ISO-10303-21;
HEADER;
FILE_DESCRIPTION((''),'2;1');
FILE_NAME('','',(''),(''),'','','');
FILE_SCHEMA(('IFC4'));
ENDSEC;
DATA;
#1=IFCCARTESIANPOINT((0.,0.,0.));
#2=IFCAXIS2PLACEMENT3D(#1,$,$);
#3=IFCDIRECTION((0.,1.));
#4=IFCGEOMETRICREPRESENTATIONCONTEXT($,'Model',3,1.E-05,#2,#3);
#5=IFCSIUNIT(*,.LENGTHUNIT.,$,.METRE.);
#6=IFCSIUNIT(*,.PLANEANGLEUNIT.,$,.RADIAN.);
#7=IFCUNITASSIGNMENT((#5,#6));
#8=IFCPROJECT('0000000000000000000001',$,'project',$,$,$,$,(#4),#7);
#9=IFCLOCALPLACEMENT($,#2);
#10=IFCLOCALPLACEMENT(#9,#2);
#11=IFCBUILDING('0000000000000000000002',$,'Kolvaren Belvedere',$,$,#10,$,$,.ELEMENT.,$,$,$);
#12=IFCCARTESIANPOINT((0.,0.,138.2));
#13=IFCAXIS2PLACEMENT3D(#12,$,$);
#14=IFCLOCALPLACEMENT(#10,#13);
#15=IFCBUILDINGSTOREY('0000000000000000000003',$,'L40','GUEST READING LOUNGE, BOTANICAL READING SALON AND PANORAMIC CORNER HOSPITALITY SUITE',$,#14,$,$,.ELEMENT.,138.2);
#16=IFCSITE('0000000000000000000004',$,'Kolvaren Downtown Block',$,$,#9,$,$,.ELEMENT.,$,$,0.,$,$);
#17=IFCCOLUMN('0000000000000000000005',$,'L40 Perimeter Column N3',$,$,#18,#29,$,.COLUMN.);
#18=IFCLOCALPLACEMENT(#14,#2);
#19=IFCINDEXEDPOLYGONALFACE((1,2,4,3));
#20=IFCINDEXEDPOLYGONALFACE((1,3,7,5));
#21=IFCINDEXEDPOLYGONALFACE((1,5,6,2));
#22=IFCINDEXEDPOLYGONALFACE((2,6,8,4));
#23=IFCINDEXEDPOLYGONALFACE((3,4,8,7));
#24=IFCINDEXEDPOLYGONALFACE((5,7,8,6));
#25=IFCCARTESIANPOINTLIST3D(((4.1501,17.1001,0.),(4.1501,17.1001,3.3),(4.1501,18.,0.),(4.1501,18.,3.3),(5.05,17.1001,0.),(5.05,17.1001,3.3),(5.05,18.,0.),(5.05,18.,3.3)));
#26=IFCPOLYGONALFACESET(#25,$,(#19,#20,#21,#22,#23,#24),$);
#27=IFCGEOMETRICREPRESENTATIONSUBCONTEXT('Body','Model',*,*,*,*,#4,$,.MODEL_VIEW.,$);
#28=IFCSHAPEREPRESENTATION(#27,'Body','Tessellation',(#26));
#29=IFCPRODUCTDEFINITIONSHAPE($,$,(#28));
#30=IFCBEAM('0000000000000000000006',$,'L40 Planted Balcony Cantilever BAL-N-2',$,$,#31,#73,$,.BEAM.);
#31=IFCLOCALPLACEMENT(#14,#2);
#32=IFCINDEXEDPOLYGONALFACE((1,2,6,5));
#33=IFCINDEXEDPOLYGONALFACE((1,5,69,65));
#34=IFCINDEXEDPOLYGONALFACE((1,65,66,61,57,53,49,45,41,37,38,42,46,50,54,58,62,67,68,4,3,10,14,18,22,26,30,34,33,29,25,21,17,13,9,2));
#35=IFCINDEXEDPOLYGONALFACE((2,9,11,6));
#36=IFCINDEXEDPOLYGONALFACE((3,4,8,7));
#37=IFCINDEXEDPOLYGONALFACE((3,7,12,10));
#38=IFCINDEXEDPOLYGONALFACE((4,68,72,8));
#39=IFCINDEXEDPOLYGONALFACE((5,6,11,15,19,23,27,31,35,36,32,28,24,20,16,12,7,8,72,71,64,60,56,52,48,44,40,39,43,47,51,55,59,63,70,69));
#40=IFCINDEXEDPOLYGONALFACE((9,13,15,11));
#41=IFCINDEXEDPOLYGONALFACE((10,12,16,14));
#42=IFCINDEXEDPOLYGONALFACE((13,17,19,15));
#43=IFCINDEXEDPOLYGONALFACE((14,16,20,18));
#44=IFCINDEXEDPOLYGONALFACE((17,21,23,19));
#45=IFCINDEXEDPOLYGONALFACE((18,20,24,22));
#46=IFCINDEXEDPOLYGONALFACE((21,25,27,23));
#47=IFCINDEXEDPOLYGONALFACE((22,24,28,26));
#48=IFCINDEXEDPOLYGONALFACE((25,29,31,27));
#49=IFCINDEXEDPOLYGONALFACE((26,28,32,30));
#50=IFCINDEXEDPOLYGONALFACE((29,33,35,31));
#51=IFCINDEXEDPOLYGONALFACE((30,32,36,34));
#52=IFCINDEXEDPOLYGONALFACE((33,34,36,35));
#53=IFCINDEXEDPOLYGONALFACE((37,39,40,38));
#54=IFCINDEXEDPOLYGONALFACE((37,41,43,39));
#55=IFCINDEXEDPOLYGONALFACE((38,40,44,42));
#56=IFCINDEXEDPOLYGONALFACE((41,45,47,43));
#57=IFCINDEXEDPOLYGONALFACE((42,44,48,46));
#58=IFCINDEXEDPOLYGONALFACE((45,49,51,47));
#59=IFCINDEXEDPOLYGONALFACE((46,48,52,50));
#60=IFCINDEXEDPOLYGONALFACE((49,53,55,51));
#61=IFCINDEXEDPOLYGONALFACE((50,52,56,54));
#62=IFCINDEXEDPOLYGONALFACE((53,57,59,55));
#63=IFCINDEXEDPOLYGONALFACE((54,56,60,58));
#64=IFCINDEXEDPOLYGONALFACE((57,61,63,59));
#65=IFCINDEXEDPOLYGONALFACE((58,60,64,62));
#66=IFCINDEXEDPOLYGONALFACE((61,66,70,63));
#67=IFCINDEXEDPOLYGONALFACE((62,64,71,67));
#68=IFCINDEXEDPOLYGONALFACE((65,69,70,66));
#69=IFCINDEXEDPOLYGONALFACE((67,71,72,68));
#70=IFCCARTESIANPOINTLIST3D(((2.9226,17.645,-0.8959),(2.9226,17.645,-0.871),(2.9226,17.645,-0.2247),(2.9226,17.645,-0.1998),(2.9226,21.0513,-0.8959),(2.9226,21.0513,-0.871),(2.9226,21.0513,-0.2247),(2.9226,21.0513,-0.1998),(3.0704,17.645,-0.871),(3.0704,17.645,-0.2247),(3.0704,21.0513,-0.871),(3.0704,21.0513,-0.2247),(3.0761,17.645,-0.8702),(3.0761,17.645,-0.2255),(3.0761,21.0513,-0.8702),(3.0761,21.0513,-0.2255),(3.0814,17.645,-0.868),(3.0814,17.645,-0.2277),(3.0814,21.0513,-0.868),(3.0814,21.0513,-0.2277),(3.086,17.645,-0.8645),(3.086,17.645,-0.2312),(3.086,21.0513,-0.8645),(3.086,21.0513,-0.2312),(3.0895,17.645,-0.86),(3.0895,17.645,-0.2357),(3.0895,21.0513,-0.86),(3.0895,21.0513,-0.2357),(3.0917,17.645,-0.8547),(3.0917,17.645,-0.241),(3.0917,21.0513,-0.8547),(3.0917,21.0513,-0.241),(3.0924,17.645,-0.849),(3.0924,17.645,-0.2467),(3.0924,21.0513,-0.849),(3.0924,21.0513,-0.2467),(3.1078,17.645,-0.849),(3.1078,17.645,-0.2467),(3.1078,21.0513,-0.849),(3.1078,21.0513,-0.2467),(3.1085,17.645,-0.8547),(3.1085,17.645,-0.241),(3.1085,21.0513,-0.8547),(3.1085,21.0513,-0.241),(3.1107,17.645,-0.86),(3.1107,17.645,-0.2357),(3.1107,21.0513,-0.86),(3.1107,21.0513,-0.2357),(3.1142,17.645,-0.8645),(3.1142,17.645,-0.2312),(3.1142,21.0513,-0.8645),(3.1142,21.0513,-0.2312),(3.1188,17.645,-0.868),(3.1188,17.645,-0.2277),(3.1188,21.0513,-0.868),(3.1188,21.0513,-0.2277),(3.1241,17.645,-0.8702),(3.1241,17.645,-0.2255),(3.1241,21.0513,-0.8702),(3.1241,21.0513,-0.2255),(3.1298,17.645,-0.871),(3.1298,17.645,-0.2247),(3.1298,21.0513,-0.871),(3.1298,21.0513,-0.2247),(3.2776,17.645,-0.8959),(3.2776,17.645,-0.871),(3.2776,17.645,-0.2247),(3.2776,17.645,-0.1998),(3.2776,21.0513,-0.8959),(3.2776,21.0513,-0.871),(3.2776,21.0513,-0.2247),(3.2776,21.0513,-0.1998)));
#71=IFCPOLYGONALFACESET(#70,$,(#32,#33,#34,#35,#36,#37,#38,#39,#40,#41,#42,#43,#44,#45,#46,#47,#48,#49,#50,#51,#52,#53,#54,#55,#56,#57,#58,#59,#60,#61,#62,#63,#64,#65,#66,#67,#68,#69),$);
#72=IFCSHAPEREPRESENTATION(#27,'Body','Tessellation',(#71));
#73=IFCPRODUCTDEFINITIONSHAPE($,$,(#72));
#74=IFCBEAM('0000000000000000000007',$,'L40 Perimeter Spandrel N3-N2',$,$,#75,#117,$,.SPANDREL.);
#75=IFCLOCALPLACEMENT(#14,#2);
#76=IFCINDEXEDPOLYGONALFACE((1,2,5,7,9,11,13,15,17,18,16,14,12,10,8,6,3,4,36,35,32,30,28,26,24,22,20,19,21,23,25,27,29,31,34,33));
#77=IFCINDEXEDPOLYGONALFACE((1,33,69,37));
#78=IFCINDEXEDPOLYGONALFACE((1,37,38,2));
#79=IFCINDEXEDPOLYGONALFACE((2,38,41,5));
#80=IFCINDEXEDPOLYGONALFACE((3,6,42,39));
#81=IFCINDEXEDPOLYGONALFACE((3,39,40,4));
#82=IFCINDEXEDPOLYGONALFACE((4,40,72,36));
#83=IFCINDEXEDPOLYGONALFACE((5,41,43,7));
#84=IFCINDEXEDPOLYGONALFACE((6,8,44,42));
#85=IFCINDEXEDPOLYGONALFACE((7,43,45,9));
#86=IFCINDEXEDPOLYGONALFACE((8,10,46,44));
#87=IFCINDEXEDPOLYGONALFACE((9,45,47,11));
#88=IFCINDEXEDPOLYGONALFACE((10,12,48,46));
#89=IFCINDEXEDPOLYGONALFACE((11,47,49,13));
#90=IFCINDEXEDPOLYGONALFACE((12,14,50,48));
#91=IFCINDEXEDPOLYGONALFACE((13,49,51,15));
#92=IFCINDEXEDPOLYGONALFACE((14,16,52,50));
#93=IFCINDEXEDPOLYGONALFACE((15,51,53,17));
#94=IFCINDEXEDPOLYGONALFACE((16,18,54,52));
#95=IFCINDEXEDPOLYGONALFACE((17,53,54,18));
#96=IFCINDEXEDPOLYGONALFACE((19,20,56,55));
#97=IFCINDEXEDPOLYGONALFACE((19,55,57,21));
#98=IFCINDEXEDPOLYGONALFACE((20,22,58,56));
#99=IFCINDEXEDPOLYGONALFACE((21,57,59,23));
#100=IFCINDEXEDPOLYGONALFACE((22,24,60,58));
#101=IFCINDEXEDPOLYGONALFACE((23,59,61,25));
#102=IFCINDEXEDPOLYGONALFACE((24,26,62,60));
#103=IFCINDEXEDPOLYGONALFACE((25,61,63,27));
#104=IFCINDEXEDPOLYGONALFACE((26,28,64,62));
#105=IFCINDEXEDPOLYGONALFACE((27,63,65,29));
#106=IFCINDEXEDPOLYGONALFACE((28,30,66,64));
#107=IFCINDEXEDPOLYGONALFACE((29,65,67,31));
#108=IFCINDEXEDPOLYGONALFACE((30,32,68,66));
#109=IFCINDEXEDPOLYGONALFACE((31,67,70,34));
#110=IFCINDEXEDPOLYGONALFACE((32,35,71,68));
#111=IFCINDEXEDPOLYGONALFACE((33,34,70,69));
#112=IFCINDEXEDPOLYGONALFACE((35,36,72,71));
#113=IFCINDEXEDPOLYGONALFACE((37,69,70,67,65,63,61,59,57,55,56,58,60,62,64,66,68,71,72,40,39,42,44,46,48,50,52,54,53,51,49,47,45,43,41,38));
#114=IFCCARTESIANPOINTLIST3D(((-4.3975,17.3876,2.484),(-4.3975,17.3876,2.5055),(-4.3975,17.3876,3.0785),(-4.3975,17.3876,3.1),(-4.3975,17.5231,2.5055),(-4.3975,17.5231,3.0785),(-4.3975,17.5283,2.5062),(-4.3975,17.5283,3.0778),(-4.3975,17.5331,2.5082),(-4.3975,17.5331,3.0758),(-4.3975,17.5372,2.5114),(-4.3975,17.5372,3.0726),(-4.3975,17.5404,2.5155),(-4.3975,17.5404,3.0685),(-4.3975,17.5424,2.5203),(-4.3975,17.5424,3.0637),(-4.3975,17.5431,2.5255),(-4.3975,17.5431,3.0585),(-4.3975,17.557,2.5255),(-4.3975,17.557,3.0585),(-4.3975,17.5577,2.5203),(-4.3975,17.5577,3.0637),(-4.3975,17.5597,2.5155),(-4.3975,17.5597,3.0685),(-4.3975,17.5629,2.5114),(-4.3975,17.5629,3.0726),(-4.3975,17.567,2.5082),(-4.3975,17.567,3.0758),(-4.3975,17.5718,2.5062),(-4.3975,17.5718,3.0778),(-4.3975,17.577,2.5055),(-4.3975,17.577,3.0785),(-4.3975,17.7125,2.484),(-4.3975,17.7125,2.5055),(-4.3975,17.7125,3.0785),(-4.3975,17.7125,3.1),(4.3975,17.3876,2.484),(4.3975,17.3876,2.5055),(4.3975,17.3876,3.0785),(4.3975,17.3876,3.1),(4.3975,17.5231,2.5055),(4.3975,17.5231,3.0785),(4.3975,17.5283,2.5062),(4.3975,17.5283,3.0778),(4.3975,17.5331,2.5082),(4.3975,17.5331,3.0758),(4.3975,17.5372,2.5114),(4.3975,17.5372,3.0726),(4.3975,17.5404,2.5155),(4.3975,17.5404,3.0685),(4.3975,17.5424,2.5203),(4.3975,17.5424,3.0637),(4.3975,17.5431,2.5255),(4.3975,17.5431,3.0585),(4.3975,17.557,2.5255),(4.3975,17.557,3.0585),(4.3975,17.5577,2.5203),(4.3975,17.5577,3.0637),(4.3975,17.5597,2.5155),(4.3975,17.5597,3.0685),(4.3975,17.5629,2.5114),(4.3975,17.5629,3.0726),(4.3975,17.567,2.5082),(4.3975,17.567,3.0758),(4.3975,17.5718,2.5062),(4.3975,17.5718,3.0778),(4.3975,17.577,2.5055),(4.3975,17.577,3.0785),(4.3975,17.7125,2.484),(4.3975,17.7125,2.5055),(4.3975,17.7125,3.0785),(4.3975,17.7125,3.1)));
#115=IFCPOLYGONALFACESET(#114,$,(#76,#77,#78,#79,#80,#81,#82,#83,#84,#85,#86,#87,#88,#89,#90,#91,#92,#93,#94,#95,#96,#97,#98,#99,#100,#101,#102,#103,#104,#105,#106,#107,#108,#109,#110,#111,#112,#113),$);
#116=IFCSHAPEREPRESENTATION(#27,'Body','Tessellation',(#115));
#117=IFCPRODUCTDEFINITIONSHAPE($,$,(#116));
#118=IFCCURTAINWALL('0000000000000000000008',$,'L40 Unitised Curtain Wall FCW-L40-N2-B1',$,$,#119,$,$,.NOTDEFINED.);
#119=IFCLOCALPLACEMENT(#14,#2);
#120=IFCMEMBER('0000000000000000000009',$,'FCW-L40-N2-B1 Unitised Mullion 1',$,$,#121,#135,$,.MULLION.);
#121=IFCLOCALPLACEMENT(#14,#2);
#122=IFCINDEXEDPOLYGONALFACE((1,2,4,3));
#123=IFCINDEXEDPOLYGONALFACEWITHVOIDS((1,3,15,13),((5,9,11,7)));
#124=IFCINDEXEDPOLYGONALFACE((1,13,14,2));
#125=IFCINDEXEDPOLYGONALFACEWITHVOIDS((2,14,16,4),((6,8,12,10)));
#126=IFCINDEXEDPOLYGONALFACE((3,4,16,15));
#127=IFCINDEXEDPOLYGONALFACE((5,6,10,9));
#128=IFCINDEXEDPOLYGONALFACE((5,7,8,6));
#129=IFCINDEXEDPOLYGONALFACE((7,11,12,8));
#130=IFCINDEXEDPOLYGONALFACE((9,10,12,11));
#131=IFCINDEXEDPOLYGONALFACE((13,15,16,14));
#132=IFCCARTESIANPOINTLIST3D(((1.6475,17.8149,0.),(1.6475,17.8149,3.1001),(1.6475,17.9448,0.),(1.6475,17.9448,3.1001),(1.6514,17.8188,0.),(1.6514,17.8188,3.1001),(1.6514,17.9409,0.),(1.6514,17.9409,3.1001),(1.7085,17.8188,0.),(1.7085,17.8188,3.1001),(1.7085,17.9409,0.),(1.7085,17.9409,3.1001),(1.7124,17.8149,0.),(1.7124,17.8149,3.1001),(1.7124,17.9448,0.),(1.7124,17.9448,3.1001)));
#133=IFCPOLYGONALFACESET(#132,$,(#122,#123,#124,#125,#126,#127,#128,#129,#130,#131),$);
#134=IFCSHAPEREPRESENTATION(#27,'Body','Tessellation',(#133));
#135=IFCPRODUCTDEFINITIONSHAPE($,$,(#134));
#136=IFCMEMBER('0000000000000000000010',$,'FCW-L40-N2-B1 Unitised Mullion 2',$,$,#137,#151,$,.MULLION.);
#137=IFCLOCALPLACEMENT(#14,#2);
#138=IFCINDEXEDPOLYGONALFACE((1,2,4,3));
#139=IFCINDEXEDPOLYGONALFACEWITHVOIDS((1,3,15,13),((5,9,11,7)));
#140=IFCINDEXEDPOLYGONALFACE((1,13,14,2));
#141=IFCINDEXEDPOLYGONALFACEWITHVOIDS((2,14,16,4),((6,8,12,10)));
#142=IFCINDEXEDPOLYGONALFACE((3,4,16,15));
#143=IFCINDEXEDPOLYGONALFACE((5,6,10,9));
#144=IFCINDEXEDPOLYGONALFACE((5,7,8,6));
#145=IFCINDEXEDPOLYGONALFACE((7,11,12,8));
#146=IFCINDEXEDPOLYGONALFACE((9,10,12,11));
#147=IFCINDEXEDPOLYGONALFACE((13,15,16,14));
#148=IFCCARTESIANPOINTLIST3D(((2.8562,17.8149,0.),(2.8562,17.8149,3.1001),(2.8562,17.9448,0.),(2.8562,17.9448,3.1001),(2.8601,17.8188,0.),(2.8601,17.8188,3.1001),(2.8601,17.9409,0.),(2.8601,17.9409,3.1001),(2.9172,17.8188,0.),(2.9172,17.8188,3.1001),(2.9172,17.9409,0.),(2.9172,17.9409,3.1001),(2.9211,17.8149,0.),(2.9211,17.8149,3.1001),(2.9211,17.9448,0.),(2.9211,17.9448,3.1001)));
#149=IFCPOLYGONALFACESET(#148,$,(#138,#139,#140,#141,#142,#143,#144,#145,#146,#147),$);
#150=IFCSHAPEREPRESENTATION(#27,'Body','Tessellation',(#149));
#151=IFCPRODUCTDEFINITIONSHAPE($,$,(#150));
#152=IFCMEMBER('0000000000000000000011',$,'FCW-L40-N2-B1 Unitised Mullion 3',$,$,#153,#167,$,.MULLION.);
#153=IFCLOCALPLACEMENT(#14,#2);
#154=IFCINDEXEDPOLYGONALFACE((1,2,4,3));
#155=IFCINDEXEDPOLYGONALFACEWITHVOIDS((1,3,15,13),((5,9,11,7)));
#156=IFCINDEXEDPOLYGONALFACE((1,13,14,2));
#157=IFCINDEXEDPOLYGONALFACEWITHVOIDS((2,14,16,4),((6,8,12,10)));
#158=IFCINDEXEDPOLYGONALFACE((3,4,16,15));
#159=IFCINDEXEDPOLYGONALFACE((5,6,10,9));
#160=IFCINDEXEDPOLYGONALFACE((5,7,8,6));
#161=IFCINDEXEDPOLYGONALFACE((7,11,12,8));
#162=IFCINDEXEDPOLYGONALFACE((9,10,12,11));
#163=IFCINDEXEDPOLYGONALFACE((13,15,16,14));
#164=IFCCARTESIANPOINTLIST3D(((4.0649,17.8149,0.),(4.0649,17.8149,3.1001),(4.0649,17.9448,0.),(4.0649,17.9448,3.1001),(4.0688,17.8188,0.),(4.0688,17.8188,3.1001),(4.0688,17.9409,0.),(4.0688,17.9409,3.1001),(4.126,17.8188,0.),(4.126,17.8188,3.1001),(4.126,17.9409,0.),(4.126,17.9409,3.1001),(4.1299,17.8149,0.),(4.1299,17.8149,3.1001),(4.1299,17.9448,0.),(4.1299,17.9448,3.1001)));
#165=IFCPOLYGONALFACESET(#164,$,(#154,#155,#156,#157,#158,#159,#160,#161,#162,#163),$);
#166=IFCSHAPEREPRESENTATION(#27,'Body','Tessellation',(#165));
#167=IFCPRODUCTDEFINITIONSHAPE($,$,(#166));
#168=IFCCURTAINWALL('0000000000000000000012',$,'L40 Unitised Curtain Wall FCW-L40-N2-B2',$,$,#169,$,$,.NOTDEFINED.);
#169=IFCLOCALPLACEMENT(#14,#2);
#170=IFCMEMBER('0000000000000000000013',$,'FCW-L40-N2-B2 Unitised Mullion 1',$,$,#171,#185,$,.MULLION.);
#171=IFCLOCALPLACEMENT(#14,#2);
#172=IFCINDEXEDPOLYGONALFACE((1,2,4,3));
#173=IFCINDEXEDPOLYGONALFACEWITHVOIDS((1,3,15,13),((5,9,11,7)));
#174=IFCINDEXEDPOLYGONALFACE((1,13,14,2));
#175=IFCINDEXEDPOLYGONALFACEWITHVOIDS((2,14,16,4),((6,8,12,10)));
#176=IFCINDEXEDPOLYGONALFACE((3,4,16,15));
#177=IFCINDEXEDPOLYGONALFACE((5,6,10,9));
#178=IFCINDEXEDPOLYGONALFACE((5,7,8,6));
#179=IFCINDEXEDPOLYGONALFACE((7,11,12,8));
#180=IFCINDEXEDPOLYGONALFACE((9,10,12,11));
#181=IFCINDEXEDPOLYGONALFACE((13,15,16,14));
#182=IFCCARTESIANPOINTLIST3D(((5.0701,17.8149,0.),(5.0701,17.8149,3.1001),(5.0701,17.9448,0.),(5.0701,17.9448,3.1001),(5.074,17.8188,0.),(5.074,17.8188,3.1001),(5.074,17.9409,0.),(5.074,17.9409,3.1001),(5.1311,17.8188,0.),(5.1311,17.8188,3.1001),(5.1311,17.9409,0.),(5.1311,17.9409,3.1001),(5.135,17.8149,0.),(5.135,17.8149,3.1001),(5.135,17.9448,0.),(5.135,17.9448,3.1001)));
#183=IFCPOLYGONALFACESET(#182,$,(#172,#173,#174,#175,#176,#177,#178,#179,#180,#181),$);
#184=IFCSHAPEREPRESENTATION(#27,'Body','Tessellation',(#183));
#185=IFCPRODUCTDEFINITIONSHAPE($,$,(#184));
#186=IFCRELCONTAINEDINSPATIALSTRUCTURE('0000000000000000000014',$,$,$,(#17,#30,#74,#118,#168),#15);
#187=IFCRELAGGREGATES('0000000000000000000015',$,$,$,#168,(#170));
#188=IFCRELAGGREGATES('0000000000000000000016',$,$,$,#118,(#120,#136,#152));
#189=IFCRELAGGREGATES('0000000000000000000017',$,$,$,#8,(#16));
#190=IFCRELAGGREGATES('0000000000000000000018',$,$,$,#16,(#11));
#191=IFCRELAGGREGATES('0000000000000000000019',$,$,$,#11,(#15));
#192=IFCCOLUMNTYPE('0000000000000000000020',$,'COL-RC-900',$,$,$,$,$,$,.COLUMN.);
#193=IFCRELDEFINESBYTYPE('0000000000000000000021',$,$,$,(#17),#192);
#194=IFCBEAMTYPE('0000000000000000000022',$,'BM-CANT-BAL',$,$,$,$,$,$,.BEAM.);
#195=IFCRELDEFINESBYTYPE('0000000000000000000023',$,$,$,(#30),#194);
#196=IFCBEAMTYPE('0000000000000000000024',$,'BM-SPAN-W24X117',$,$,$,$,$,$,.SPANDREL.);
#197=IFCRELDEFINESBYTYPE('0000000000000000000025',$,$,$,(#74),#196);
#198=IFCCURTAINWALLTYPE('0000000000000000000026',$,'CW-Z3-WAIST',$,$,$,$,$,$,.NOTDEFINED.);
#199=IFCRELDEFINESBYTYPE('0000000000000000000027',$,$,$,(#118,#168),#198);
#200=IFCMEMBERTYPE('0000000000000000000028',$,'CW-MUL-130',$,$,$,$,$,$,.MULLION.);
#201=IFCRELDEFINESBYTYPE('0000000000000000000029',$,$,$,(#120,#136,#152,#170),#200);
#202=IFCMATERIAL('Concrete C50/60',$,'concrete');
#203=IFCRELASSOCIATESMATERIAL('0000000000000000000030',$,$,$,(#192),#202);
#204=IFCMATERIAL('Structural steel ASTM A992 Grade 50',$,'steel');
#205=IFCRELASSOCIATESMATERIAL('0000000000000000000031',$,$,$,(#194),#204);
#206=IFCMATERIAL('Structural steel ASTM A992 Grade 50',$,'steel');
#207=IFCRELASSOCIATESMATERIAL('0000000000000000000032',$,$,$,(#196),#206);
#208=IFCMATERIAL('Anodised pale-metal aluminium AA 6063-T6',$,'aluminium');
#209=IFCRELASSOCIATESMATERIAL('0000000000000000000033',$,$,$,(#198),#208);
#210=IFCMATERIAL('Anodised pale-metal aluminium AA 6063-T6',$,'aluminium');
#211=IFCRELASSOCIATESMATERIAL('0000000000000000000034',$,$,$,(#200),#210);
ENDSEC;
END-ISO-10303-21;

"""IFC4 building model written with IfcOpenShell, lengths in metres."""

from ifc_helpers import new_model, si_unit, direction, frame, origin, origin_2d, place, context, subcontext, project, spatial, rectangle, hollow_rectangle, i_section, extrude, material, material_profile, profile_set, type_object, element, aggregate, save


model = new_model("IFC4")

# Units and contexts
model_context = context("Model", 3, precision=1e-05, world=origin(), true_north=direction((0.0, 1.0)))
body_context = subcontext(model_context, "Body", "Model", "MODEL_VIEW")
ifc_project = project(units=[si_unit("LENGTHUNIT", "METRE"), si_unit("PLANEANGLEUNIT", "RADIAN")], contexts=[model_context])

# Site, building, storey
site_placement = place(None, origin())
site = spatial("IfcSite", under=ifc_project, at=site_placement, Name="Kolvaren Downtown Block", CompositionType="ELEMENT", RefElevation=0.0)
building_placement = place(site_placement, origin())
building = spatial("IfcBuilding", under=site, at=building_placement, Name="Kolvaren Belvedere", CompositionType="ELEMENT")
storey_placement = place(building_placement, frame((0.0, 0.0, 138.2)))
storey = spatial("IfcBuildingStorey", under=building, at=storey_placement, Name="L40", Description="GUEST READING LOUNGE, BOTANICAL READING SALON AND PANORAMIC CORNER HOSPITALITY SUITE", CompositionType="ELEMENT", Elevation=138.2)

# Column
ifc_material_1 = material(Name="Concrete C50/60", Category="concrete")
ifc_material_profile_1 = material_profile(ifc_material_1, rectangle(XDim=0.8999, YDim=0.8999, at=origin_2d()), Name="RC 900X900")
ifc_profile_set_1 = profile_set([ifc_material_profile_1], Name="Concrete C50/60")
column_type = type_object("IfcColumnType", Name="COL-RC-900", PredefinedType="COLUMN", material=ifc_profile_set_1)
column_placement = place(storey_placement, frame((4.6001, 17.55, 0.0), z_axis=(0.0, 0.0, 1.0), x_axis=(1.0, 0.0, 0.0)))
element("IfcColumn", 1, at=column_placement, inside=storey, type_object=column_type, Name="L40 Perimeter Column N3", PredefinedType="COLUMN", context=body_context, shape_type="SweptSolid", body=[
    extrude(rectangle(XDim=0.8999, YDim=0.8999, at=origin_2d()), origin(), (0.0, 0.0, 1.0), 3.3),
])

# Beams
ifc_material_2 = material(Name="Structural steel ASTM A992 Grade 50", Category="steel")
ifc_material_profile_2 = material_profile(ifc_material_2, i_section(OverallWidth=0.355, OverallDepth=0.696, WebThickness=0.0154, FlangeThickness=0.0249, FilletRadius=0.022, at=origin_2d()), Name="W27X146")
ifc_profile_set_2 = profile_set([ifc_material_profile_2], Name="Structural steel ASTM A992 Grade 50")
beam_type_1 = type_object("IfcBeamType", Name="BM-CANT-BAL", PredefinedType="BEAM", material=ifc_profile_set_2)
beam_1_placement = place(storey_placement, frame((3.1001, 17.645, -0.5479), z_axis=(0.0, 1.0, 0.0), x_axis=(-1.0, 0.0, 0.0)))
element("IfcBeam", 2, at=beam_1_placement, inside=storey, type_object=beam_type_1, Name="L40 Planted Balcony Cantilever BAL-N-2", PredefinedType="BEAM", context=body_context, shape_type="SweptSolid", body=[
    extrude(i_section(OverallWidth=0.355, OverallDepth=0.696, WebThickness=0.0154, FlangeThickness=0.0249, FilletRadius=0.022, at=origin_2d()), origin(), (0.0, 0.0, 1.0), 3.4062),
])
ifc_material_3 = material(Name="Structural steel ASTM A992 Grade 50", Category="steel")
ifc_material_profile_3 = material_profile(ifc_material_3, i_section(OverallWidth=0.325, OverallDepth=0.616, WebThickness=0.0139, FlangeThickness=0.0215, FilletRadius=0.02, at=origin_2d()), Name="W24X117")
ifc_profile_set_3 = profile_set([ifc_material_profile_3], Name="Structural steel ASTM A992 Grade 50")
beam_type_2 = type_object("IfcBeamType", Name="BM-SPAN-W24X117", PredefinedType="SPANDREL", material=ifc_profile_set_3)
beam_2_placement = place(storey_placement, frame((4.3975, 17.55, 2.792), z_axis=(-1.0, 0.0, 0.0), x_axis=(0.0, -1.0, 0.0)))
element("IfcBeam", 3, at=beam_2_placement, inside=storey, type_object=beam_type_2, Name="L40 Perimeter Spandrel N3-N2", PredefinedType="SPANDREL", context=body_context, shape_type="SweptSolid", body=[
    extrude(i_section(OverallWidth=0.325, OverallDepth=0.616, WebThickness=0.0139, FlangeThickness=0.0215, FilletRadius=0.02, at=origin_2d()), origin(), (0.0, 0.0, 1.0), 8.7949),
])

# Curtain wall, members
ifc_material_4 = material(Name="Anodised pale-metal aluminium AA 6063-T6", Category="aluminium")
curtain_wall_type = type_object("IfcCurtainWallType", Name="CW-Z3-WAIST", PredefinedType="NOTDEFINED", material=ifc_material_4)
curtain_wall_1_placement = place(storey_placement, origin())
curtain_wall_1 = element("IfcCurtainWall", 4, at=curtain_wall_1_placement, inside=storey, type_object=curtain_wall_type, Name="L40 Unitised Curtain Wall FCW-L40-N2-B1", PredefinedType="NOTDEFINED")
ifc_material_5 = material(Name="Anodised pale-metal aluminium AA 6063-T6", Category="aluminium")
ifc_material_profile_4 = material_profile(ifc_material_5, hollow_rectangle(XDim=0.0649, YDim=0.1299, WallThickness=0.0039, at=origin_2d()), Name="ALU-MUL-130X65")
ifc_profile_set_4 = profile_set([ifc_material_profile_4], Name="Anodised pale-metal aluminium AA 6063-T6")
member_type_1 = type_object("IfcMemberType", Name="CW-MUL-130", PredefinedType="MULLION", material=ifc_profile_set_4)
member_1_placement = place(storey_placement, frame((1.6799, 17.8799, 0.0), z_axis=(0.0, 0.0, 1.0), x_axis=(1.0, 0.0, 0.0)))
member_1 = element("IfcMember", 5, at=member_1_placement, type_object=member_type_1, Name="FCW-L40-N2-B1 Unitised Mullion 1", PredefinedType="MULLION", context=body_context, shape_type="SweptSolid", body=[
    extrude(hollow_rectangle(XDim=0.0649, YDim=0.1299, WallThickness=0.0039, at=origin_2d()), origin(), (0.0, 0.0, 1.0), 3.1001),
])
member_2_placement = place(storey_placement, frame((2.8887, 17.8799, 0.0), z_axis=(0.0, 0.0, 1.0), x_axis=(1.0, 0.0, 0.0)))
member_2 = element("IfcMember", 6, at=member_2_placement, type_object=member_type_1, Name="FCW-L40-N2-B1 Unitised Mullion 2", PredefinedType="MULLION", context=body_context, shape_type="SweptSolid", body=[
    extrude(hollow_rectangle(XDim=0.0649, YDim=0.1299, WallThickness=0.0039, at=origin_2d()), origin(), (0.0, 0.0, 1.0), 3.1001),
])
member_3_placement = place(storey_placement, frame((4.0974, 17.8799, 0.0), z_axis=(0.0, 0.0, 1.0), x_axis=(1.0, 0.0, 0.0)))
member_3 = element("IfcMember", 7, at=member_3_placement, type_object=member_type_1, Name="FCW-L40-N2-B1 Unitised Mullion 3", PredefinedType="MULLION", context=body_context, shape_type="SweptSolid", body=[
    extrude(hollow_rectangle(XDim=0.0649, YDim=0.1299, WallThickness=0.0039, at=origin_2d()), origin(), (0.0, 0.0, 1.0), 3.1001),
])

# Curtain wall, member
curtain_wall_2_placement = place(storey_placement, origin())
curtain_wall_2 = element("IfcCurtainWall", 8, at=curtain_wall_2_placement, inside=storey, type_object=curtain_wall_type, Name="L40 Unitised Curtain Wall FCW-L40-N2-B2", PredefinedType="NOTDEFINED")
member_4_placement = place(storey_placement, frame((5.1025, 17.8799, 0.0), z_axis=(0.0, 0.0, 1.0), x_axis=(1.0, 0.0, 0.0)))
member_4 = element("IfcMember", 9, at=member_4_placement, type_object=member_type_1, Name="FCW-L40-N2-B2 Unitised Mullion 1", PredefinedType="MULLION", context=body_context, shape_type="SweptSolid", body=[
    extrude(hollow_rectangle(XDim=0.0649, YDim=0.1299, WallThickness=0.0039, at=origin_2d()), origin(), (0.0, 0.0, 1.0), 3.1001),
])

aggregate(curtain_wall_2, [member_4])

aggregate(curtain_wall_1, [member_1, member_2, member_3])

save(model, "model.ifc")
